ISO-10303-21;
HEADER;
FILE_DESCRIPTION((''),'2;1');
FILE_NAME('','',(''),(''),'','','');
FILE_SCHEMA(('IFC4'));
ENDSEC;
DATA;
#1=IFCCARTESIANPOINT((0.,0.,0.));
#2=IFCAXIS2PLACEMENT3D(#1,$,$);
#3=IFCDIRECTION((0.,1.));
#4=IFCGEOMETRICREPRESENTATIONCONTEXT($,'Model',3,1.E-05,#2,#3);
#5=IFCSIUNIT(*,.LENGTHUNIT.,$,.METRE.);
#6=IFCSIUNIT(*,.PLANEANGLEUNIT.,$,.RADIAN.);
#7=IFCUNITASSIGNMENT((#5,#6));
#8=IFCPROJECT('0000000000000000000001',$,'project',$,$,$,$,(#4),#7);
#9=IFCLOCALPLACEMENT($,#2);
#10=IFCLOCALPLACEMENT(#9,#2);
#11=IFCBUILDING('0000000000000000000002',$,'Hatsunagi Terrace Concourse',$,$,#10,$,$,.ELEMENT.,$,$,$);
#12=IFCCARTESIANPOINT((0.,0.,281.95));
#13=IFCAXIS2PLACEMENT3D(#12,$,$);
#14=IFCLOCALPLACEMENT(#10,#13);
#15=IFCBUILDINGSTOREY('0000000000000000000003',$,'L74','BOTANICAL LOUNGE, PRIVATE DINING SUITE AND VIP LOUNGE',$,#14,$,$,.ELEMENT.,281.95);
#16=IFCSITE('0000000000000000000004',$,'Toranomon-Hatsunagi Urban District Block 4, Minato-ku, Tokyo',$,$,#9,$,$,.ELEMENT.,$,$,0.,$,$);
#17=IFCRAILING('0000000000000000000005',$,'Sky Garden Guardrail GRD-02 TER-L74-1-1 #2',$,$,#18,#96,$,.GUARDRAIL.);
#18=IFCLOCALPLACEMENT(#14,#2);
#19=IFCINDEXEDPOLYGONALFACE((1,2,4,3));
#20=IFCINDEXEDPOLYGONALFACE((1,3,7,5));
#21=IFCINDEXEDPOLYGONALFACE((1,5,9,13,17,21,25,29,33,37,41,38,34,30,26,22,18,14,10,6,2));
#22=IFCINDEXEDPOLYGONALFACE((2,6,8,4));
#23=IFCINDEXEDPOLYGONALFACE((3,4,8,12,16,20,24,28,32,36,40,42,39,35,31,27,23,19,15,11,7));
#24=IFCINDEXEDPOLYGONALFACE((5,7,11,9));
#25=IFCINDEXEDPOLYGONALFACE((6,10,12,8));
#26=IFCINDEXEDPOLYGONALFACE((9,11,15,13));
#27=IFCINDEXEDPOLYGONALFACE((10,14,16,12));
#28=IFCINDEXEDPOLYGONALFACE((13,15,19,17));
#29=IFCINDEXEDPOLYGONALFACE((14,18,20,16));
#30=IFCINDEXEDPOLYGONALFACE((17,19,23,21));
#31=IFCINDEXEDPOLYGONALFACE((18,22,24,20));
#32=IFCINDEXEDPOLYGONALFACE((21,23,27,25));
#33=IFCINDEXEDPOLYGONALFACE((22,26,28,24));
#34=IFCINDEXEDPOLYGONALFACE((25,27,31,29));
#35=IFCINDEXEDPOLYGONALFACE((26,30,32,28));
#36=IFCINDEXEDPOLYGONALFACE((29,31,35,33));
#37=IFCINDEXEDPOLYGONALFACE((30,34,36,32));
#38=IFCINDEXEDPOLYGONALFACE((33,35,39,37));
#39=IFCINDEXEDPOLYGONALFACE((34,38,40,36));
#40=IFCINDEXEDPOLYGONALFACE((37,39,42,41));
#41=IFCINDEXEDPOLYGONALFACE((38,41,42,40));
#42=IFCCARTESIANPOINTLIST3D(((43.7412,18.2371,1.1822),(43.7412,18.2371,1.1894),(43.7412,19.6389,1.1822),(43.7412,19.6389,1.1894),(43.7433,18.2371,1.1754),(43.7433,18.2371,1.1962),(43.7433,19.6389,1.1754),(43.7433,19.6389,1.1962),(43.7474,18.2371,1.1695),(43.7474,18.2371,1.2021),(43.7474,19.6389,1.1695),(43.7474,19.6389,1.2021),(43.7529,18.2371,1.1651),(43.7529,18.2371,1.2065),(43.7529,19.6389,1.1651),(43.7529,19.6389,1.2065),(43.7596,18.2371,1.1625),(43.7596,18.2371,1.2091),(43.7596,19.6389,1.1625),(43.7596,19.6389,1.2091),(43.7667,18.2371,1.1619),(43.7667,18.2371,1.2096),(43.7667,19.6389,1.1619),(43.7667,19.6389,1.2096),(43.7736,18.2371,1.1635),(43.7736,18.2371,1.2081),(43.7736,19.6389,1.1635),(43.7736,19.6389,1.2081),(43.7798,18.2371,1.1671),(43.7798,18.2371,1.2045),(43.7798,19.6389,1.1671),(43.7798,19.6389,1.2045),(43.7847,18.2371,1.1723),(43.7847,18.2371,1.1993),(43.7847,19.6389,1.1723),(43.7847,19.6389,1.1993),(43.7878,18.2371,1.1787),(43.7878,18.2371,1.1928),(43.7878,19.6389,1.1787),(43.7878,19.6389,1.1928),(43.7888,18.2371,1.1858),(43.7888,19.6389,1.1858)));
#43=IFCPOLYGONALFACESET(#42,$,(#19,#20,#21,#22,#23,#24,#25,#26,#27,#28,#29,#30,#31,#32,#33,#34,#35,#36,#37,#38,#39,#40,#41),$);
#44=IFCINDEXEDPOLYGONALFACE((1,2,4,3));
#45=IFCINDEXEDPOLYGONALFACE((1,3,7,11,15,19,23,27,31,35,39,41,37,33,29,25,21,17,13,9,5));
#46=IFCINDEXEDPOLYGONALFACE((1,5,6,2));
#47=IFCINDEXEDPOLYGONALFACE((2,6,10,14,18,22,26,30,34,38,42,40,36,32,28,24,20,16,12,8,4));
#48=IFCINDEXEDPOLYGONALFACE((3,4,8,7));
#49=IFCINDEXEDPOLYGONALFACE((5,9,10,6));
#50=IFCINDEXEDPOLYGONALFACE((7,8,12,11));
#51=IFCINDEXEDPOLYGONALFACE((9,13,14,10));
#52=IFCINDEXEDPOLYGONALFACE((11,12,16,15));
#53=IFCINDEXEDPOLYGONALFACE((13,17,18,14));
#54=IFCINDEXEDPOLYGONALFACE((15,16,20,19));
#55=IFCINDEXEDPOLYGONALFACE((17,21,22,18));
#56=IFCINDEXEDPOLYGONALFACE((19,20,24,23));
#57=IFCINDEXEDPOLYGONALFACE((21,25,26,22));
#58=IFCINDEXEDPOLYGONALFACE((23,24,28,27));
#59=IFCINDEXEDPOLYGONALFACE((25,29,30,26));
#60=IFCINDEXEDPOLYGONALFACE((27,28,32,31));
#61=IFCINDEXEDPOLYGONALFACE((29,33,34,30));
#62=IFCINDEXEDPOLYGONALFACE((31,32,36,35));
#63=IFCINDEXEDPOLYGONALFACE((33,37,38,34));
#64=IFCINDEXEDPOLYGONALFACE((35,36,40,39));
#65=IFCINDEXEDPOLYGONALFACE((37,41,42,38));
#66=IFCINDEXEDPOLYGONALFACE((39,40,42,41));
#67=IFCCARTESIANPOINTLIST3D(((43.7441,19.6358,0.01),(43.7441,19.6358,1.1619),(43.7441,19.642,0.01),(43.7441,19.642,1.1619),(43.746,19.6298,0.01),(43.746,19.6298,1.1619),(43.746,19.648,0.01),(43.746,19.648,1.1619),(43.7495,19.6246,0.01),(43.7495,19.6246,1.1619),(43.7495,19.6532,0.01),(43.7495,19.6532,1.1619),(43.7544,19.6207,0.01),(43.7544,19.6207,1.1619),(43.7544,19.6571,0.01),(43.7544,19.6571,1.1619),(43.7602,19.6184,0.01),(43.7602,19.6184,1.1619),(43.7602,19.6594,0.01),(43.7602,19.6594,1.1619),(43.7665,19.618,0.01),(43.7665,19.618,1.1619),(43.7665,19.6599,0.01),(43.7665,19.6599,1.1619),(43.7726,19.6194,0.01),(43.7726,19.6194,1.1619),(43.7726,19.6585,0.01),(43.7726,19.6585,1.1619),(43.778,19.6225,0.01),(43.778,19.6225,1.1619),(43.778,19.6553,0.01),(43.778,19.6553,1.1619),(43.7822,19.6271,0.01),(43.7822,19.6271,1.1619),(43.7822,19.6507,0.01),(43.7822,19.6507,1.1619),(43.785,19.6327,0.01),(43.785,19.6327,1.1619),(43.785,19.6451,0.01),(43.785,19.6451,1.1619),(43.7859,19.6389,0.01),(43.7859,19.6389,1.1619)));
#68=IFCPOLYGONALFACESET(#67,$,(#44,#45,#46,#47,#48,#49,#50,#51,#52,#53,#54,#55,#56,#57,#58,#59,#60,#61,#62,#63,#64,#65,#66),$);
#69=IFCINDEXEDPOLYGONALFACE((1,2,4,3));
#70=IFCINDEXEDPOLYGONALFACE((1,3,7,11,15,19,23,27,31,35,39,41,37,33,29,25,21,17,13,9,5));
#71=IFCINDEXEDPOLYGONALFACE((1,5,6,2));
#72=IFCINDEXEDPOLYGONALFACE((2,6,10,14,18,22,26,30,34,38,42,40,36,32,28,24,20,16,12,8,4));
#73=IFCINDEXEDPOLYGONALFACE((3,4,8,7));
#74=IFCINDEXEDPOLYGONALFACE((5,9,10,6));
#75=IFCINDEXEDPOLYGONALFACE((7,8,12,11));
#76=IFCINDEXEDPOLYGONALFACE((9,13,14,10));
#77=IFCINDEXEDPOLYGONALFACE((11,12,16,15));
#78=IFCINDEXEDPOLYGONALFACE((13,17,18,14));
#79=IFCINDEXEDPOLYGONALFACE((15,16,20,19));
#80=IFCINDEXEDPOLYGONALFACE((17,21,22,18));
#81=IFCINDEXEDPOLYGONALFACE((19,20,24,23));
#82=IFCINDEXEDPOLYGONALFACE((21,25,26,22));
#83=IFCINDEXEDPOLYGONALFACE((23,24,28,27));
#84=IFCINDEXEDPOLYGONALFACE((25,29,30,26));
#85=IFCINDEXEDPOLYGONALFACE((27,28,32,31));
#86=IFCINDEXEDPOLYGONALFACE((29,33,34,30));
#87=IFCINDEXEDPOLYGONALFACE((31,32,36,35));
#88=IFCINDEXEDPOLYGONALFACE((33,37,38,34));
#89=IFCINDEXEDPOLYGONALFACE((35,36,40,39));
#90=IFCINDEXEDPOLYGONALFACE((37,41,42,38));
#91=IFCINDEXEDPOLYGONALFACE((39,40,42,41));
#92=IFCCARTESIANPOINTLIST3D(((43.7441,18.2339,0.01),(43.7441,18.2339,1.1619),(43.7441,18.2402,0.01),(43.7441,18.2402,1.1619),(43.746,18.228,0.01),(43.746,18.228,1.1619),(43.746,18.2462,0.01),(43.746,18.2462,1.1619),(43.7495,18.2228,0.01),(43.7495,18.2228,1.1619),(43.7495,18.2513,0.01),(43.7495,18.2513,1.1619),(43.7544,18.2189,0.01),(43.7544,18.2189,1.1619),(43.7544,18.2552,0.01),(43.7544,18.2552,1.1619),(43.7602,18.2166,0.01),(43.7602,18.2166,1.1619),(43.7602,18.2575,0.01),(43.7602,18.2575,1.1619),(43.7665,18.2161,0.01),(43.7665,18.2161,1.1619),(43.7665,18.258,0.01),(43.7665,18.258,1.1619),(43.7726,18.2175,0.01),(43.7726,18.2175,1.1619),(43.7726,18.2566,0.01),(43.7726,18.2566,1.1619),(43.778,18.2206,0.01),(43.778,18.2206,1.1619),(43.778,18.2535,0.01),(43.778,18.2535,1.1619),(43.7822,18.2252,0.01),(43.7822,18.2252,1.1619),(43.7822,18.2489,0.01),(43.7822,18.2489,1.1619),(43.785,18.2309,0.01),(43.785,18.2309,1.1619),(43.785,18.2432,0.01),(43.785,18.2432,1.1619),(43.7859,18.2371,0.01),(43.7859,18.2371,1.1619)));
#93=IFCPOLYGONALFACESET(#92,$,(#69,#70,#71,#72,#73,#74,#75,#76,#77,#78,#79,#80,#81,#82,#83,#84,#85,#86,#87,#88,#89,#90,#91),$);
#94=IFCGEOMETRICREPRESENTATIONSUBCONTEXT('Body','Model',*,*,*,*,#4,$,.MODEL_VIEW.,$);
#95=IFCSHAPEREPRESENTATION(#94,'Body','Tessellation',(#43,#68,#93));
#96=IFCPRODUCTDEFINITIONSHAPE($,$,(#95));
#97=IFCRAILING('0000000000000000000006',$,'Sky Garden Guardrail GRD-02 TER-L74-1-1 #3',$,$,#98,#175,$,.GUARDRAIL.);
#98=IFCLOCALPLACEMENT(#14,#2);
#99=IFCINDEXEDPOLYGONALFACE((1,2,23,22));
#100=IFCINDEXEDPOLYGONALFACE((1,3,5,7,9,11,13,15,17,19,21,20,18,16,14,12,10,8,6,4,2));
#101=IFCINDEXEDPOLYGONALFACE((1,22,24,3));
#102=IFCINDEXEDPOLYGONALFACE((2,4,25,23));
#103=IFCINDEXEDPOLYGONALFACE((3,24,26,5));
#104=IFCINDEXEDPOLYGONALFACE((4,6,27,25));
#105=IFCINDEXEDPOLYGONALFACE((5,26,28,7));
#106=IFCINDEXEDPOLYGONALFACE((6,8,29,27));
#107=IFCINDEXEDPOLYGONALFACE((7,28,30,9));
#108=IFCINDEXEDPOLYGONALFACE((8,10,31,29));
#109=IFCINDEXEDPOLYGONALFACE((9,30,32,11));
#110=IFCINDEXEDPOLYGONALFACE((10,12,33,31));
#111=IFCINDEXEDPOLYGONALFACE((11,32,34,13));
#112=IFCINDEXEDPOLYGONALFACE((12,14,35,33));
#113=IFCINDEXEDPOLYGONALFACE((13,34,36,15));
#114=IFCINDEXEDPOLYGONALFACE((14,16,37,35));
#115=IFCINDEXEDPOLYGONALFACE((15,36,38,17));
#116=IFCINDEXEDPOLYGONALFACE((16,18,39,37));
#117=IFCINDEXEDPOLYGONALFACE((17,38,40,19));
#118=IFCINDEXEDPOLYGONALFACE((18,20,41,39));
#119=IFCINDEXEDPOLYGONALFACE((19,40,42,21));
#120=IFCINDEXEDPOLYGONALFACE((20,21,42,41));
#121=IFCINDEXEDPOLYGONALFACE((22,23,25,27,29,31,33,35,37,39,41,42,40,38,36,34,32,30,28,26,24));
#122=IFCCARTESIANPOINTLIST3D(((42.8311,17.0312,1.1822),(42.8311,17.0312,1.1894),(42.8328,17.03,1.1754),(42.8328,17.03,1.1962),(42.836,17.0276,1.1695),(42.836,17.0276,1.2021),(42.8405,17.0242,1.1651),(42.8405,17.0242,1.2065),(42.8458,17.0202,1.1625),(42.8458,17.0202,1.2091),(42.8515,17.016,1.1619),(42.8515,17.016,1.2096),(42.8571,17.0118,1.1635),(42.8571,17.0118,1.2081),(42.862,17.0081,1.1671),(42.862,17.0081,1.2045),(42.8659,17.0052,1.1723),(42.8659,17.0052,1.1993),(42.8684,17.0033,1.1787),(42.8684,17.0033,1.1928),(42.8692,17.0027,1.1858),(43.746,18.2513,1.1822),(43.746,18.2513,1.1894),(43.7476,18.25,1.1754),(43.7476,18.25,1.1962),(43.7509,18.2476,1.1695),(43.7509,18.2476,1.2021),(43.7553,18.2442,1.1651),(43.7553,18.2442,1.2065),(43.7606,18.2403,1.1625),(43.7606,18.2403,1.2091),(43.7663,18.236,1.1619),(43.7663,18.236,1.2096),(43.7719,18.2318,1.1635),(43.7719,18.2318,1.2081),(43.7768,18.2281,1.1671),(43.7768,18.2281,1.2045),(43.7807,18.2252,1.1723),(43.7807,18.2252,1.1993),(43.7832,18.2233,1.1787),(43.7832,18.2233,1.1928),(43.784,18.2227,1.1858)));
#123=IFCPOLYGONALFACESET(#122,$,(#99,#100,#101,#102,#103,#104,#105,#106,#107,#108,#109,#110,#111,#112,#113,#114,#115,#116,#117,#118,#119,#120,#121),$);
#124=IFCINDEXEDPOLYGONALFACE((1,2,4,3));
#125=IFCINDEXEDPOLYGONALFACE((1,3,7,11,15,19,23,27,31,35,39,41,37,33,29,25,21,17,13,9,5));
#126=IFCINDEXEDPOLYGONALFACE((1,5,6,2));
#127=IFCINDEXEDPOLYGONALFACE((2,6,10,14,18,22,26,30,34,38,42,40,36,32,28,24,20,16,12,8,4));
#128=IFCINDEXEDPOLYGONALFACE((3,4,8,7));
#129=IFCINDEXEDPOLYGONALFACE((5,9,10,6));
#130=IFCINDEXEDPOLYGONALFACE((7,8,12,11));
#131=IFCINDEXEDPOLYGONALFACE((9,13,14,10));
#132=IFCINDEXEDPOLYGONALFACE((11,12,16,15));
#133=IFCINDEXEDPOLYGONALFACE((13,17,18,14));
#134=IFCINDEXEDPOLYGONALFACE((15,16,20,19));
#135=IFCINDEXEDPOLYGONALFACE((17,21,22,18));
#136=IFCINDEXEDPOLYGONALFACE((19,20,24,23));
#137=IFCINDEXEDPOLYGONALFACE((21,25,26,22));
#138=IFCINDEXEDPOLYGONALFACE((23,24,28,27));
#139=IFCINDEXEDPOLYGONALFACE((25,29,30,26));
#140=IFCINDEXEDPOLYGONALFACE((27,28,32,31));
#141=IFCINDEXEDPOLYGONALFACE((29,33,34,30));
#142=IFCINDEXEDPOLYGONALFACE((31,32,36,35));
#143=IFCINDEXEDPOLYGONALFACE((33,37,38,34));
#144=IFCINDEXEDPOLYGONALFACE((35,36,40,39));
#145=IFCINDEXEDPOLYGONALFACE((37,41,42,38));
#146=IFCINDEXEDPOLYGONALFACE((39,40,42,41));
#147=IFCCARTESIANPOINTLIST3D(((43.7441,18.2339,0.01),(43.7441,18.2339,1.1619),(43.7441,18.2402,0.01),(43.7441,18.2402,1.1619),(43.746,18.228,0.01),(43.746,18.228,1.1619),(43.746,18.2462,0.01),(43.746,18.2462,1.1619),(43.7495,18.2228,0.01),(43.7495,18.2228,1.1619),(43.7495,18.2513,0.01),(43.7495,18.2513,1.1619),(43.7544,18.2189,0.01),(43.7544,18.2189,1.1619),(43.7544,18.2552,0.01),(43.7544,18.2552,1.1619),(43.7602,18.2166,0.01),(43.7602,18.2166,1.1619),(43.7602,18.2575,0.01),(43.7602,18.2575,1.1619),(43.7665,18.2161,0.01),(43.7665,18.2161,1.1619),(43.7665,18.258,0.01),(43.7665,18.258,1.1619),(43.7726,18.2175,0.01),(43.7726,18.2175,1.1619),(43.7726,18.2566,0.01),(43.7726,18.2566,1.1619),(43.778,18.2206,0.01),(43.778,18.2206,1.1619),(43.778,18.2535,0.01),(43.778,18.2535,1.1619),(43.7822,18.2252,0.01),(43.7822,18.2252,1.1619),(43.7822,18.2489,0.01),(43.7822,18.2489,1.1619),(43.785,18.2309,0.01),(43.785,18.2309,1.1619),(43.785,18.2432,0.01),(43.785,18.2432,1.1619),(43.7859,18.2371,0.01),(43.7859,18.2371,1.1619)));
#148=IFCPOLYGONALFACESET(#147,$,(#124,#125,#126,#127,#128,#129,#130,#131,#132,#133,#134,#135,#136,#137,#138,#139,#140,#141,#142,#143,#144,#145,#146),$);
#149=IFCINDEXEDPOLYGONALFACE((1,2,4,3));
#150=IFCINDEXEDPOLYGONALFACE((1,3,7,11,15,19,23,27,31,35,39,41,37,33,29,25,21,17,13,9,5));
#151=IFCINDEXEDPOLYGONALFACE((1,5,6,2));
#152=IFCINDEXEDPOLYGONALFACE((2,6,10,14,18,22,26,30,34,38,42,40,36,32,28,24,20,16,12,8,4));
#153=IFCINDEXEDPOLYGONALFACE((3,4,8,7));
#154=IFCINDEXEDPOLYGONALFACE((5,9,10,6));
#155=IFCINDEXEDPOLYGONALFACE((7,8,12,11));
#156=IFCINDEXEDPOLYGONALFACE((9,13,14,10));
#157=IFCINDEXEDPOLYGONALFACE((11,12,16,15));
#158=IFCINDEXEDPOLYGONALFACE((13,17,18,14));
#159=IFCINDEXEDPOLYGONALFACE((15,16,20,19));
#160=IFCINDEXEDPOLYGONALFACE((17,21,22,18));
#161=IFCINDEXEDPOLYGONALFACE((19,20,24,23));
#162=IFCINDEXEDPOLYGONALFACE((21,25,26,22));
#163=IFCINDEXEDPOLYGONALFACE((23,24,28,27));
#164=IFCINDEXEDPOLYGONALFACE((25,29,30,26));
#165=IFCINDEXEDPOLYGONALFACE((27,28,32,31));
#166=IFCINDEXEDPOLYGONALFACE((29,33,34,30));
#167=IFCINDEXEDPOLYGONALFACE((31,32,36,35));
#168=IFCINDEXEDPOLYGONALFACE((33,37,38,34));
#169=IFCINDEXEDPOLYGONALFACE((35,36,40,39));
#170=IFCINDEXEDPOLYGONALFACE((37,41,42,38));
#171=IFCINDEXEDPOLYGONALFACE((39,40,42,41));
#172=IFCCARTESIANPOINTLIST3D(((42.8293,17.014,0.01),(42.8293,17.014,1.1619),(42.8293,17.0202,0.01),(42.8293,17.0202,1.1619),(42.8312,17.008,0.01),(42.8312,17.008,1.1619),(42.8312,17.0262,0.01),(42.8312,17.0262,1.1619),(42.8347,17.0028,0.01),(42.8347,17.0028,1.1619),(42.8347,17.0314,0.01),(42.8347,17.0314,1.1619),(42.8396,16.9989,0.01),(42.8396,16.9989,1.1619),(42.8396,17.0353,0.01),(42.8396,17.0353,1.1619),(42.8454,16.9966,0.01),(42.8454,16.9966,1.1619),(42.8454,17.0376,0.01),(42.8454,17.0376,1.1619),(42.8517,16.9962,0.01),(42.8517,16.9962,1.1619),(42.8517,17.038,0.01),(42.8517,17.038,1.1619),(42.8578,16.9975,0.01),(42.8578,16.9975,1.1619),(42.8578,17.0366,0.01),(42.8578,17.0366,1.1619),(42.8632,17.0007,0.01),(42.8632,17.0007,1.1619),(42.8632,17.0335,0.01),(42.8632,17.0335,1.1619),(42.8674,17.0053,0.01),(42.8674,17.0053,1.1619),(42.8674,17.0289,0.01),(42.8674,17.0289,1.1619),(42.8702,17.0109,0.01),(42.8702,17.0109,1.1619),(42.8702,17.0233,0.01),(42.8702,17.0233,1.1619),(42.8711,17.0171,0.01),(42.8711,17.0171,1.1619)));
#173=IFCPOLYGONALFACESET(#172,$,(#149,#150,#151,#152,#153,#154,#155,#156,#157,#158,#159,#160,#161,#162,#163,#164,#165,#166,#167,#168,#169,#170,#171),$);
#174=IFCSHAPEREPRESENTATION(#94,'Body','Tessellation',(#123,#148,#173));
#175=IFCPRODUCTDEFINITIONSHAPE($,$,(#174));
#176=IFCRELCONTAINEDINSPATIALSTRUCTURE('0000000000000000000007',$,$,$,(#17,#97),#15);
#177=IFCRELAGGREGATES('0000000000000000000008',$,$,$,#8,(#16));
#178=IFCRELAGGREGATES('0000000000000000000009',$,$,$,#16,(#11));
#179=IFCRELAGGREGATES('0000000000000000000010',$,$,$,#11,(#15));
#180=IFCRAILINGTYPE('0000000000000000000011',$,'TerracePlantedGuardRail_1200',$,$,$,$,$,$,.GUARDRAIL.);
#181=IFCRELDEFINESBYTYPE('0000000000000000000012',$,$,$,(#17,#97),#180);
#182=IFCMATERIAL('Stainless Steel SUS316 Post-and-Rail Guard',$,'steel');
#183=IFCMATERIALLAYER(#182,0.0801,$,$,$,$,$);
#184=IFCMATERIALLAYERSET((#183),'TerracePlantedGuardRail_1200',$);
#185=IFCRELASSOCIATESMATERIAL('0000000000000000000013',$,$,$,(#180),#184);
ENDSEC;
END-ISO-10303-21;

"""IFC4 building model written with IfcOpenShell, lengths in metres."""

from ifc_helpers import new_model, si_unit, direction, frame, origin, origin_2d, place, context, subcontext, project, spatial, circle, extrude, material, layer, layer_set, type_object, element, save


model = new_model("IFC4")

# Units and contexts
model_context = context("Model", 3, precision=1e-05, world=origin(), true_north=direction((0.0, 1.0)))
body_context = subcontext(model_context, "Body", "Model", "MODEL_VIEW")
ifc_project = project(units=[si_unit("LENGTHUNIT", "METRE"), si_unit("PLANEANGLEUNIT", "RADIAN")], contexts=[model_context])

# Site, building, storey
site_placement = place(None, origin())
site = spatial("IfcSite", under=ifc_project, at=site_placement, Name="Toranomon-Hatsunagi Urban District Block 4, Minato-ku, Tokyo", CompositionType="ELEMENT", RefElevation=0.0)
building_placement = place(site_placement, origin())
building = spatial("IfcBuilding", under=site, at=building_placement, Name="Hatsunagi Terrace Concourse", CompositionType="ELEMENT")
storey_placement = place(building_placement, frame((0.0, 0.0, 281.95)))
storey = spatial("IfcBuildingStorey", under=building, at=storey_placement, Name="L74", Description="BOTANICAL LOUNGE, PRIVATE DINING SUITE AND VIP LOUNGE", CompositionType="ELEMENT", Elevation=281.95)

# Railings
ifc_material_1 = material(Name="Stainless Steel SUS316 Post-and-Rail Guard", Category="steel")
ifc_layer_1 = layer(ifc_material_1, 0.0801)
ifc_layer_set_1 = layer_set([ifc_layer_1], Name="TerracePlantedGuardRail_1200")
railing_type = type_object("IfcRailingType", Name="TerracePlantedGuardRail_1200", PredefinedType="GUARDRAIL", material=ifc_layer_set_1)
railing_1_placement = place(storey_placement, frame((43.7649, 19.6389, 0.01)))
element("IfcRailing", 1, at=railing_1_placement, inside=storey, type_object=railing_type, Name="Sky Garden Guardrail GRD-02 TER-L74-1-1 #2", PredefinedType="GUARDRAIL", context=body_context, shape_type="SweptSolid", body=[
    extrude(circle(Radius=0.0239, at=origin_2d()), frame((0.0, 0.0, 1.1758), z_axis=(0.0, -1.0, 0.0), x_axis=(1.0, 0.0, 0.0)), (0.0, 0.0, 1.0), 1.4019),
    extrude(circle(Radius=0.021, at=origin_2d()), origin(), (0.0, 0.0, 1.0), 1.1519),
    extrude(circle(Radius=0.021, at=origin_2d()), frame((0.0, -1.4019, 0.0)), (0.0, 0.0, 1.0), 1.1519),
])
railing_2_placement = place(storey_placement, frame((43.7649, 18.2371, 0.01)))
element("IfcRailing", 2, at=railing_2_placement, inside=storey, type_object=railing_type, Name="Sky Garden Guardrail GRD-02 TER-L74-1-1 #3", PredefinedType="GUARDRAIL", context=body_context, shape_type="SweptSolid", body=[
    extrude(circle(Radius=0.0239, at=origin_2d()), frame((0.0, 0.0, 1.1758), z_axis=(-0.599923, -0.800058, 0.0), x_axis=(0.800058, -0.599923, 0.0)), (0.0, 0.0, 1.0), 1.5249),
    extrude(circle(Radius=0.021, at=origin_2d()), origin(), (0.0, 0.0, 1.0), 1.1519),
    extrude(circle(Radius=0.021, at=origin_2d()), frame((-0.9148, -1.22, 0.0)), (0.0, 0.0, 1.0), 1.1519),
])

save(model, "model.ifc")
